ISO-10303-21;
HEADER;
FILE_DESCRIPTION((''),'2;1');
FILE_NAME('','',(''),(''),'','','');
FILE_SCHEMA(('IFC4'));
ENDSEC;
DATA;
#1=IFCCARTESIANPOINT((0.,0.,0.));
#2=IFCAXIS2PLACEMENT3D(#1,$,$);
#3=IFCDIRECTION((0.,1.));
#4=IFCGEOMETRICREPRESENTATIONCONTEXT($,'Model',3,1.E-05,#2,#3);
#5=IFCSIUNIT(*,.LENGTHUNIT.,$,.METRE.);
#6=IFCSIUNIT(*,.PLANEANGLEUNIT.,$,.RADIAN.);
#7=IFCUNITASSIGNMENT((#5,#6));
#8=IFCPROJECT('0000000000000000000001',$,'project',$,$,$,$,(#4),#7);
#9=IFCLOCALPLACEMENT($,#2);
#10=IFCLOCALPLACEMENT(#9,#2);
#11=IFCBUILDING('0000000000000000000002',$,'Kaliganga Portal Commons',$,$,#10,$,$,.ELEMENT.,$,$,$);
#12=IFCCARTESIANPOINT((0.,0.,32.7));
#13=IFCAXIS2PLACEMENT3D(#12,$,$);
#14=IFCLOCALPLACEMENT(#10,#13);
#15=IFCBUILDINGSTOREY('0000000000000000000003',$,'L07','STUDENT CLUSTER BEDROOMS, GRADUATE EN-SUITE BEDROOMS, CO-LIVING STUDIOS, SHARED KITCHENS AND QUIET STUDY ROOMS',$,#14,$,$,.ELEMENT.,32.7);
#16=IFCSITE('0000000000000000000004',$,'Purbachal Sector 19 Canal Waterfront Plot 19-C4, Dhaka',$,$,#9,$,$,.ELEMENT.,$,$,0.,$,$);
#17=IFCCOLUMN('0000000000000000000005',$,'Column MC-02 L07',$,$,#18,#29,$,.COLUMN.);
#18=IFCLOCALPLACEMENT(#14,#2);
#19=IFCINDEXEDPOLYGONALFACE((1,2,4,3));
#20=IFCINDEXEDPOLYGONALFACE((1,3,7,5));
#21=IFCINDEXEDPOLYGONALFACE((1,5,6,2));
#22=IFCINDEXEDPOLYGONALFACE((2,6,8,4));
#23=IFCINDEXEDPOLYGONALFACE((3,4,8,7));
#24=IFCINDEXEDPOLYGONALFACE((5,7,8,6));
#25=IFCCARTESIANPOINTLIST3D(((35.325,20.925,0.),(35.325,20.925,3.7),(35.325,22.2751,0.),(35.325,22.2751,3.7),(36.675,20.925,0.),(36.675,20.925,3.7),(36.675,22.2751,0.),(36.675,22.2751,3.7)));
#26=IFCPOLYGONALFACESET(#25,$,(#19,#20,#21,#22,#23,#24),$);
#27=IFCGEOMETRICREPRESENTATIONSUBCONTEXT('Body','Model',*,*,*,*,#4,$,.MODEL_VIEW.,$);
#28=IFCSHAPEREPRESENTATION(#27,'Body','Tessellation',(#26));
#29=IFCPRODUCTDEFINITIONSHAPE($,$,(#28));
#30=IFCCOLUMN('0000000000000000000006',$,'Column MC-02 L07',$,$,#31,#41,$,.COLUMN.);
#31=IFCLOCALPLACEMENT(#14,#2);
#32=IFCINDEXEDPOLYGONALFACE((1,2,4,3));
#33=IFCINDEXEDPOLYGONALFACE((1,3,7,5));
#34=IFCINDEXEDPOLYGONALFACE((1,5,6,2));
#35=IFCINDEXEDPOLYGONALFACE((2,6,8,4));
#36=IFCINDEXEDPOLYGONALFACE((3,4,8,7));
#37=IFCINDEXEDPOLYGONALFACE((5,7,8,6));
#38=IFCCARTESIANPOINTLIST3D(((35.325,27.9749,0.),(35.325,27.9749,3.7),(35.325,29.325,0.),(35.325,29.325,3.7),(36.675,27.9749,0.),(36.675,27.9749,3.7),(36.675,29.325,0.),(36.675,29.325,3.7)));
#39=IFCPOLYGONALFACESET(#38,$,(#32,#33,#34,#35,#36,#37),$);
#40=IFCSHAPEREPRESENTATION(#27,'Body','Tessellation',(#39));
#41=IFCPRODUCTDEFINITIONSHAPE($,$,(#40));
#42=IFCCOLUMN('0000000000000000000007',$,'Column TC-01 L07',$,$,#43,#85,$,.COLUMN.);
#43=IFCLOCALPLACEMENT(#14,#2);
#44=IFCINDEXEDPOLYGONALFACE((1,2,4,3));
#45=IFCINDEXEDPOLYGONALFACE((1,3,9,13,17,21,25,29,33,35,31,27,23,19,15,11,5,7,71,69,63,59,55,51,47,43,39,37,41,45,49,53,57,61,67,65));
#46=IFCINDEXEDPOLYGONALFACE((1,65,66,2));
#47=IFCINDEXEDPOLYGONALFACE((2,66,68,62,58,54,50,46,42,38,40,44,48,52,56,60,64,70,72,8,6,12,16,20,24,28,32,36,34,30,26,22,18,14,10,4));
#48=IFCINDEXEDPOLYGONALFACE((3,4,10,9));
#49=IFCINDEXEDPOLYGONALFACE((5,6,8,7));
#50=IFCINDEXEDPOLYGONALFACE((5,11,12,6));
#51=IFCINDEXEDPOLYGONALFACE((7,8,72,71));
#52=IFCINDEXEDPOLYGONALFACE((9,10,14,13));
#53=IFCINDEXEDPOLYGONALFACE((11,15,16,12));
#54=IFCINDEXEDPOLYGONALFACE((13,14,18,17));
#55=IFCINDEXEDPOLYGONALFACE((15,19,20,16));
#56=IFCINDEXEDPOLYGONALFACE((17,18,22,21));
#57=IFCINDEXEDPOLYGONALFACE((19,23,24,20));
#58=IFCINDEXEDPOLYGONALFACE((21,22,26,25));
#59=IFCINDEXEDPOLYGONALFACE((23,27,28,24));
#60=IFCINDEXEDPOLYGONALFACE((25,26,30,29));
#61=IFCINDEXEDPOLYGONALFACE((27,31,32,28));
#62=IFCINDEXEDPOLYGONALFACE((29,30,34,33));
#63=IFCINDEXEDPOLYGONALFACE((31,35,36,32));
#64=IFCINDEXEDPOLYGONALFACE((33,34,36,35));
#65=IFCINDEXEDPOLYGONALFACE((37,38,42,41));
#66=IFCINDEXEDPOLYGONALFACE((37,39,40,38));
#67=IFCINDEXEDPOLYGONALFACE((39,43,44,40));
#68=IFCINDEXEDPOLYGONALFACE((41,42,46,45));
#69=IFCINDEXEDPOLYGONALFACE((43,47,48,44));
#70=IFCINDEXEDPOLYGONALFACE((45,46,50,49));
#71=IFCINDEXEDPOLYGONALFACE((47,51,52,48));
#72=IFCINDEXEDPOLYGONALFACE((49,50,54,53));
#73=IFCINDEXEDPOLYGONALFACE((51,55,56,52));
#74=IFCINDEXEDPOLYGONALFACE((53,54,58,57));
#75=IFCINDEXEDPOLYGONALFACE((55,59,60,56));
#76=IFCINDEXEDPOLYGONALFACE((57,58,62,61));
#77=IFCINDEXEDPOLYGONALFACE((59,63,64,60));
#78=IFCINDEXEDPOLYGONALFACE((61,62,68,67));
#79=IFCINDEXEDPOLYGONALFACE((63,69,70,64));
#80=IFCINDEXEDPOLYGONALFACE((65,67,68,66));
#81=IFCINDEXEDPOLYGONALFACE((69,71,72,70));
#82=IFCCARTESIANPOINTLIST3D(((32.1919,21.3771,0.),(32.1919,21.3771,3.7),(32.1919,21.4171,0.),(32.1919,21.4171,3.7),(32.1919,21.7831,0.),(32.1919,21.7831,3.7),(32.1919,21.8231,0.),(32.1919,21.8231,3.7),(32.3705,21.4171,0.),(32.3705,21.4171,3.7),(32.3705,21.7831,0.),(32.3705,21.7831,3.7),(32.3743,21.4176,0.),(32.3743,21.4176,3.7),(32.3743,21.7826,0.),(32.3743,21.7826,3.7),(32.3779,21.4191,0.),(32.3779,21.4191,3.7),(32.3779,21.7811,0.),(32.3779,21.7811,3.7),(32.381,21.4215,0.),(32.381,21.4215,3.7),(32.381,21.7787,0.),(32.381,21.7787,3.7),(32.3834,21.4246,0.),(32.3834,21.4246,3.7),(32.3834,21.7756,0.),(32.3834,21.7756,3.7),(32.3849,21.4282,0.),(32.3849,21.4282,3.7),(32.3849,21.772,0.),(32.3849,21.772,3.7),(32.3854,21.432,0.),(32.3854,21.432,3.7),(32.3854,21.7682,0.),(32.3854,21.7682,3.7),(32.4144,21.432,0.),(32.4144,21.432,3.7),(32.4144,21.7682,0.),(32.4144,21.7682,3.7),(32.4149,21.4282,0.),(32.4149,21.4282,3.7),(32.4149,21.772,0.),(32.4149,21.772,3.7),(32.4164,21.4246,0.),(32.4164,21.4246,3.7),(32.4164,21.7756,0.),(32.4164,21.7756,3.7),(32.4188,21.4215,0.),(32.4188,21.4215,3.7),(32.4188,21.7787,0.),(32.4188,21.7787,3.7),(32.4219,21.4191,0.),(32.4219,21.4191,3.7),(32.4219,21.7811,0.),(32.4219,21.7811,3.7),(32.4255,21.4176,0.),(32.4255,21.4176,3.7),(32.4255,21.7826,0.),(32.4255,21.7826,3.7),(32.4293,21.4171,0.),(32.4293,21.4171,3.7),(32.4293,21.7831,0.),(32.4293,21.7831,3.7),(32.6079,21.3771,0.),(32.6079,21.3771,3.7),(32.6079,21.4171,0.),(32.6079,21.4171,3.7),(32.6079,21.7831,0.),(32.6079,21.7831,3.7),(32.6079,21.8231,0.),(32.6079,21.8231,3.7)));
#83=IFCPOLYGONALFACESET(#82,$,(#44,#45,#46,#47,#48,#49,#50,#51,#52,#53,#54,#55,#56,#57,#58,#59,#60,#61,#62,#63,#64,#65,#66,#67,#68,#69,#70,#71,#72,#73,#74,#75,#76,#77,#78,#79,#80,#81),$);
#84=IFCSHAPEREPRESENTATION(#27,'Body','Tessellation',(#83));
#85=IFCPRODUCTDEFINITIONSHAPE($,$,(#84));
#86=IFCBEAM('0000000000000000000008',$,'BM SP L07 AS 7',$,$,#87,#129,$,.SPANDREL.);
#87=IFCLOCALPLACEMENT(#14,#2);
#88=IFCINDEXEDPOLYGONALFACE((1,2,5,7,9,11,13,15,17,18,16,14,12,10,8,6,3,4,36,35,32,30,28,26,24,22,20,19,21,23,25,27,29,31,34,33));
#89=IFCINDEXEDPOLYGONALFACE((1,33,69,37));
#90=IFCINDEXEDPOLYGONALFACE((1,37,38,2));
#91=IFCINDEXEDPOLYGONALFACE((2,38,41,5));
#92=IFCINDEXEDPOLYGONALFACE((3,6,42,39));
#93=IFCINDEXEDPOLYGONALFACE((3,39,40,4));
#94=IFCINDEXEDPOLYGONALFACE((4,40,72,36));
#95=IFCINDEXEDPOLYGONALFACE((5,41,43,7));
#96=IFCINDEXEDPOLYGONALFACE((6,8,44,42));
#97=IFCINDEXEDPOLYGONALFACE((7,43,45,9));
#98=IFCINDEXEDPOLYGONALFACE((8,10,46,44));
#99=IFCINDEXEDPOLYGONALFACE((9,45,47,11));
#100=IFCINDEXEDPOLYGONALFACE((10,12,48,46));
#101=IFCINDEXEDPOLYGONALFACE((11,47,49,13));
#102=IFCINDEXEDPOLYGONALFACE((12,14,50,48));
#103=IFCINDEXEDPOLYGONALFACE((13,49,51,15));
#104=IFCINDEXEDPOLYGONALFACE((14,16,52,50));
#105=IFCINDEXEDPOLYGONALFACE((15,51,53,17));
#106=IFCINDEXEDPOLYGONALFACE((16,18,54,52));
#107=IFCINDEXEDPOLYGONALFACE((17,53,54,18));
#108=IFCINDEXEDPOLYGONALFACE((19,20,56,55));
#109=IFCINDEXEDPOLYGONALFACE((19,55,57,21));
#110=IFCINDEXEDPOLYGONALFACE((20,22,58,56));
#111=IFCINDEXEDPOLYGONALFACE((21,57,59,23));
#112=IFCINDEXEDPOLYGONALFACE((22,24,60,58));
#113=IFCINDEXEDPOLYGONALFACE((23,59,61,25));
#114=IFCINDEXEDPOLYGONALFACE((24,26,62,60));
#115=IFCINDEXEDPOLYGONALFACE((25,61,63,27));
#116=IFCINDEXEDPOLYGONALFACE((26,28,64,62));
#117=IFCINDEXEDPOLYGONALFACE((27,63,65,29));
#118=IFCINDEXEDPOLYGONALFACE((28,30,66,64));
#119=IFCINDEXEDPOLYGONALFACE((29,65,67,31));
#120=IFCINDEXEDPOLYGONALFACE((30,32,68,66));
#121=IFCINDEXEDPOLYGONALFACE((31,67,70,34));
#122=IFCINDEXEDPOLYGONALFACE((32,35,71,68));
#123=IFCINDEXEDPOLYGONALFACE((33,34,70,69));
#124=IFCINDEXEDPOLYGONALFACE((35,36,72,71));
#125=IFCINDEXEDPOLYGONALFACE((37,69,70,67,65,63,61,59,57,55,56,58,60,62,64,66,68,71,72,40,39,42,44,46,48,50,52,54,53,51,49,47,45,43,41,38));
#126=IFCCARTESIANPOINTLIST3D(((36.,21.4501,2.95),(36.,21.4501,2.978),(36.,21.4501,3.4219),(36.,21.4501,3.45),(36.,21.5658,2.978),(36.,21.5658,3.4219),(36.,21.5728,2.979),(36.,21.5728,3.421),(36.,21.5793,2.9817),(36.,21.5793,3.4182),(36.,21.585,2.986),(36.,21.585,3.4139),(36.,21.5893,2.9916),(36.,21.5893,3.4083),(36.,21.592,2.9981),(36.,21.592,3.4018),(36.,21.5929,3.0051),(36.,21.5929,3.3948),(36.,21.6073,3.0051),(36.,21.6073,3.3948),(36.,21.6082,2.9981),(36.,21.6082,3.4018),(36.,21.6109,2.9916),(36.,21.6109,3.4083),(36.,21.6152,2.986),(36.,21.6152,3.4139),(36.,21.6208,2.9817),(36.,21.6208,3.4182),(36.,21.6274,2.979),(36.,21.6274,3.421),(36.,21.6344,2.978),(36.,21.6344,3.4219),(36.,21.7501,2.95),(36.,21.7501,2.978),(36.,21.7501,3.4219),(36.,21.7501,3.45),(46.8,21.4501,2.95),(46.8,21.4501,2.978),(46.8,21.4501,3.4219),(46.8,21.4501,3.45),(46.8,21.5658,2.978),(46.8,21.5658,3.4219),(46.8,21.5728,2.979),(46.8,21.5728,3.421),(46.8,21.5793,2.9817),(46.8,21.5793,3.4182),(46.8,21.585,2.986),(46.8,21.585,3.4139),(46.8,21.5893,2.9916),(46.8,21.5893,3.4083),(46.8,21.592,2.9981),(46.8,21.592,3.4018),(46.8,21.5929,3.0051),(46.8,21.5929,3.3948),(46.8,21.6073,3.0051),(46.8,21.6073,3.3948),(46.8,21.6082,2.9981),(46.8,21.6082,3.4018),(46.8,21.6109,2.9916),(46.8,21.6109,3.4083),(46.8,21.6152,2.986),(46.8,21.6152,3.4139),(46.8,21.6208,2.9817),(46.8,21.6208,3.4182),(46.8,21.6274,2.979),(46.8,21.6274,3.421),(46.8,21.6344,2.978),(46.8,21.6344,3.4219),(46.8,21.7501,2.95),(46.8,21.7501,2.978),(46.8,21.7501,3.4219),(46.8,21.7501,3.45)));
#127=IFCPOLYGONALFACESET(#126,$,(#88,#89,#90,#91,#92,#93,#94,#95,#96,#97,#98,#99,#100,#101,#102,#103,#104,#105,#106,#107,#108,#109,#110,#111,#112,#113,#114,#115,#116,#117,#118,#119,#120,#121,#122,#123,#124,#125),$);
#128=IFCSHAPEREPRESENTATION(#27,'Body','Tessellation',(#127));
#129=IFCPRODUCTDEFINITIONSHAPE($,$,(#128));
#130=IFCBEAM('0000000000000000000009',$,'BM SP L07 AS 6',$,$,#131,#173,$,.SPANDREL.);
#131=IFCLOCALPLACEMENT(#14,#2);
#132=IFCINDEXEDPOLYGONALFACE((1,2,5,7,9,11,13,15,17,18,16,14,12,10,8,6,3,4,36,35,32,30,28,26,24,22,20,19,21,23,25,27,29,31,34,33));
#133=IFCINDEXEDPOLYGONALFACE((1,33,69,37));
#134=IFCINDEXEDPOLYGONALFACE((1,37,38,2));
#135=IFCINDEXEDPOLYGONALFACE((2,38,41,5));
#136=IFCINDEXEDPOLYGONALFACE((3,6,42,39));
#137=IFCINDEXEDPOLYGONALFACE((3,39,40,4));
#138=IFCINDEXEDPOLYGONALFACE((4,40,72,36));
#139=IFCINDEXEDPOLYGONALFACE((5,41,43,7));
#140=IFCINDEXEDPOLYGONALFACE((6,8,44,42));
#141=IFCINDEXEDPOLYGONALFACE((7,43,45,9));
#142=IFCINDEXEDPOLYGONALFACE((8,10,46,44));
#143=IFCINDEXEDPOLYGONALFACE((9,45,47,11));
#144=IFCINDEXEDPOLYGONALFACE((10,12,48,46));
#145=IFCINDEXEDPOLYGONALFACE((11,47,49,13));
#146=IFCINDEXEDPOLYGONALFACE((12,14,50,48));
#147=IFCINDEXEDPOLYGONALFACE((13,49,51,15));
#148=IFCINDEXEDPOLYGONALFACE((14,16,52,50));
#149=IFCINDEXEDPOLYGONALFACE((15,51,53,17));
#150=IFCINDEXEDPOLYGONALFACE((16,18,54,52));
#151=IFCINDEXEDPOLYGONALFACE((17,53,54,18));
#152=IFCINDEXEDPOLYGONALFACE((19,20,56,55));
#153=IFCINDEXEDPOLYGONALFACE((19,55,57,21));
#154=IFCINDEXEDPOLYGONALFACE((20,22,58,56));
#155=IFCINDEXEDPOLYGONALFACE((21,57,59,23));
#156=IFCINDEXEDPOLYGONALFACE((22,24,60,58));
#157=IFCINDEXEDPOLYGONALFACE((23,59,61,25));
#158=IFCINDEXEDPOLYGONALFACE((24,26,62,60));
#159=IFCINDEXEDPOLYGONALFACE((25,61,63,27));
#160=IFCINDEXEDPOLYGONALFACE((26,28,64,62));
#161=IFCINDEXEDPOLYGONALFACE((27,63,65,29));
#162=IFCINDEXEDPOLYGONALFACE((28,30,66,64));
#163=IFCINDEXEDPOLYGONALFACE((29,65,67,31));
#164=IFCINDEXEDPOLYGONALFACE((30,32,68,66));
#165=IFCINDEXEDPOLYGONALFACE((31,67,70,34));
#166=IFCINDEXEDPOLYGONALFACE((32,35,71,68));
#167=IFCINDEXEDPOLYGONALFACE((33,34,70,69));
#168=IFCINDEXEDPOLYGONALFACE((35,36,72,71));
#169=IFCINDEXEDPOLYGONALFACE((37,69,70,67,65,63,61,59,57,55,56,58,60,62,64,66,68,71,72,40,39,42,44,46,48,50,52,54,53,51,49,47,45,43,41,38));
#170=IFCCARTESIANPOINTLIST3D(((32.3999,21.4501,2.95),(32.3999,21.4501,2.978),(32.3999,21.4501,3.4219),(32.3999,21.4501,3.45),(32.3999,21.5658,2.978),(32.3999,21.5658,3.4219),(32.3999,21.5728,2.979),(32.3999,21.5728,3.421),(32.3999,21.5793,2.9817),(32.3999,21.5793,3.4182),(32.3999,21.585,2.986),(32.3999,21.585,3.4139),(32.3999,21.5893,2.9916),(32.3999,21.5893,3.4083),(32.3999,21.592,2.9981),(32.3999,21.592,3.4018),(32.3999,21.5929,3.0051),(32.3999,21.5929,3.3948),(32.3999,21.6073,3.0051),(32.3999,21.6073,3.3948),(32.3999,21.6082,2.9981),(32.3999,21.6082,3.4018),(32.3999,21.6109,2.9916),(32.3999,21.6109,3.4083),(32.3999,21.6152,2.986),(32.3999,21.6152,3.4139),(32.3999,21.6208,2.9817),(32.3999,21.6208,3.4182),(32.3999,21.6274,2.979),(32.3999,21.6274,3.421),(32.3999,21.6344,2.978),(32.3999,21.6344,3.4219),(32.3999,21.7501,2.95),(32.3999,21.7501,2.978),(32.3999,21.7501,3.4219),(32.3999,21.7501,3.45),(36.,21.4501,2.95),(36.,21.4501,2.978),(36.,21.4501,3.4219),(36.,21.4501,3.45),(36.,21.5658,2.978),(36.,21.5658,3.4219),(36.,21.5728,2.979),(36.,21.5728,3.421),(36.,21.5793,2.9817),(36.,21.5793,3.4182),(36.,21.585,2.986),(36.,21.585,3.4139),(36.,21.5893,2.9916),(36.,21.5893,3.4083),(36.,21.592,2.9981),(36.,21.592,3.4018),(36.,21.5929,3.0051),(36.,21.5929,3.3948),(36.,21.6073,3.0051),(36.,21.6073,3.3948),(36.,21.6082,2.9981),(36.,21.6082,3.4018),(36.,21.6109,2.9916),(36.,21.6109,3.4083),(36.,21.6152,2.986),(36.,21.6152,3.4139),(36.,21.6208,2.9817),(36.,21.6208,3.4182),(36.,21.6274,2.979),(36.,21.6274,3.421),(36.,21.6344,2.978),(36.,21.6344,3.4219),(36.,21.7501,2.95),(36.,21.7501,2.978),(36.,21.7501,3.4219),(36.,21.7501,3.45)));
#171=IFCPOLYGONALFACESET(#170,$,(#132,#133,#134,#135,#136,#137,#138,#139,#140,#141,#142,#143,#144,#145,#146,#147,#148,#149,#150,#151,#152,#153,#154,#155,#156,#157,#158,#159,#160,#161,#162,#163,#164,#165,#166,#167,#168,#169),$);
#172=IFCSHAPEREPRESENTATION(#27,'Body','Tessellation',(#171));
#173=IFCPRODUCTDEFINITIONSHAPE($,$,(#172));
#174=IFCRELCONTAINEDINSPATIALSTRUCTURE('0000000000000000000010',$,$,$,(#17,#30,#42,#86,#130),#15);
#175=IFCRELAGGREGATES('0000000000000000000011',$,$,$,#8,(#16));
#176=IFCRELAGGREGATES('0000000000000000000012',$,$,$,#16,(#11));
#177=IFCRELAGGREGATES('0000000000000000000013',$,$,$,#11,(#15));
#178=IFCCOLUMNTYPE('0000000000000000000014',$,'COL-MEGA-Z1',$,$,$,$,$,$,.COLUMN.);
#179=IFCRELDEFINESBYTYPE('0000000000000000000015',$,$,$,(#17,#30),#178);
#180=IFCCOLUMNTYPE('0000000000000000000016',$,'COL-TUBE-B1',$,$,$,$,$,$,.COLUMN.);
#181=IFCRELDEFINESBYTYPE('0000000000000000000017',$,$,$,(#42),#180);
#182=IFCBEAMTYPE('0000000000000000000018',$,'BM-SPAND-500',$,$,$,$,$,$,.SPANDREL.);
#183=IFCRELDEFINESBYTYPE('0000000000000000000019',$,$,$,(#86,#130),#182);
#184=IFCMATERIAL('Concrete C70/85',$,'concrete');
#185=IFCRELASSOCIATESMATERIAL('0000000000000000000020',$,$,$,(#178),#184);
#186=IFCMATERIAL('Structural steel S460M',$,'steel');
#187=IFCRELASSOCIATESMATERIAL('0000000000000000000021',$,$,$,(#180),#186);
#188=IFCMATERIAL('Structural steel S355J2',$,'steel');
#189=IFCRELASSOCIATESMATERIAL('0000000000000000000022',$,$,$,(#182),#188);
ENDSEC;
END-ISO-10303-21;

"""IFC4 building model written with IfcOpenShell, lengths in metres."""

from ifc_helpers import new_model, si_unit, direction, frame, origin, origin_2d, place, context, subcontext, project, spatial, rectangle, i_section, extrude, source, transform, mapped, material, material_profile, profile_set, type_object, element, save


model = new_model("IFC4")

# Units and contexts
model_context = context("Model", 3, precision=1e-05, world=origin(), true_north=direction((0.0, 1.0)))
body_context = subcontext(model_context, "Body", "Model", "MODEL_VIEW")
ifc_project = project(units=[si_unit("LENGTHUNIT", "METRE"), si_unit("PLANEANGLEUNIT", "RADIAN")], contexts=[model_context])

# Site, building, storey
site_placement = place(None, origin())
site = spatial("IfcSite", under=ifc_project, at=site_placement, Name="Purbachal Sector 19 Canal Waterfront Plot 19-C4, Dhaka", CompositionType="ELEMENT", RefElevation=0.0)
building_placement = place(site_placement, origin())
building = spatial("IfcBuilding", under=site, at=building_placement, Name="Kaliganga Portal Commons", CompositionType="ELEMENT")
storey_placement = place(building_placement, frame((0.0, 0.0, 32.7)))
storey = spatial("IfcBuildingStorey", under=building, at=storey_placement, Name="L07", Description="STUDENT CLUSTER BEDROOMS, GRADUATE EN-SUITE BEDROOMS, CO-LIVING STUDIOS, SHARED KITCHENS AND QUIET STUDY ROOMS", CompositionType="ELEMENT", Elevation=32.7)

# Columns
ifc_material_1 = material(Name="Concrete C70/85", Category="concrete")
ifc_material_profile_1 = material_profile(ifc_material_1, rectangle(XDim=1.3501, YDim=1.3501, at=origin_2d()), Name="RC 1350x1350")
ifc_profile_set_1 = profile_set([ifc_material_profile_1], Name="Concrete C70/85")
column_type_1 = type_object("IfcColumnType", Name="COL-MEGA-Z1", PredefinedType="COLUMN", material=ifc_profile_set_1)
shared_shape_1 = source(origin(), body_context, "Body", "SweptSolid", [
    extrude(rectangle(XDim=1.3501, YDim=1.3501, at=origin_2d()), origin(), (0.0, 0.0, 1.0), 3.7),
])
for number, where, z_axis, x_axis, name in (
    (1, (36.0, 21.6001, 0.0), (0.0, 0.0, 1.0), (1.0, 0.0, 0.0), "Column MC-02 L07"),
    (2, (36.0, 28.6499, 0.0), (0.0, 0.0, 1.0), (1.0, 0.0, 0.0), "Column MC-02 L07"),
):
    element("IfcColumn", number, at=place(storey_placement, frame(where, z_axis=z_axis, x_axis=x_axis)), inside=storey, type_object=column_type_1, Name=name, PredefinedType="COLUMN", context=body_context, shape_type="MappedRepresentation", body=[
        mapped(shared_shape_1, transform((0.0, 0.0, 0.0), x_axis=(1.0, 0.0, 0.0), y_axis=(0.0, 1.0, 0.0), z_axis=(0.0, 0.0, 1.0), scale=1.0)),
    ])
ifc_material_2 = material(Name="Structural steel S460M", Category="steel")
ifc_material_profile_2 = material_profile(ifc_material_2, i_section(OverallWidth=0.416, OverallDepth=0.446, WebThickness=0.0291, FlangeThickness=0.04, FilletRadius=0.0149, at=origin_2d()), Name="HD 400x509")
ifc_profile_set_2 = profile_set([ifc_material_profile_2], Name="Structural steel S460M wide-flange")
column_type_2 = type_object("IfcColumnType", Name="COL-TUBE-B1", PredefinedType="COLUMN", material=ifc_profile_set_2)
shared_shape_2 = source(origin(), body_context, "Body", "SweptSolid", [
    extrude(i_section(OverallWidth=0.416, OverallDepth=0.446, WebThickness=0.0291, FlangeThickness=0.04, FilletRadius=0.0149, at=origin_2d()), origin(), (0.0, 0.0, 1.0), 3.7),
])
column_placement = place(storey_placement, frame((32.3999, 21.6001, 0.0), z_axis=(0.0, 0.0, 1.0), x_axis=(1.0, 0.0, 0.0)))
element("IfcColumn", 3, at=column_placement, inside=storey, type_object=column_type_2, Name="Column TC-01 L07", PredefinedType="COLUMN", context=body_context, shape_type="MappedRepresentation", body=[
    mapped(shared_shape_2, transform((0.0, 0.0, 0.0), x_axis=(1.0, 0.0, 0.0), y_axis=(0.0, 1.0, 0.0), z_axis=(0.0, 0.0, 1.0), scale=1.0)),
])

# Beams
ifc_material_3 = material(Name="Structural steel S355J2", Category="steel")
ifc_material_profile_3 = material_profile(ifc_material_3, i_section(OverallWidth=0.3, OverallDepth=0.5, WebThickness=0.0144, FlangeThickness=0.0281, FilletRadius=0.0271, at=origin_2d()), Name="HE 500 B")
ifc_profile_set_3 = profile_set([ifc_material_profile_3], Name="Structural steel S355J2 wide-flange")
beam_type_1 = type_object("IfcBeamType", Name="BM-SPAND-500", PredefinedType="SPANDREL", material=ifc_profile_set_3)
shared_shape_3 = source(origin(), body_context, "Body", "SweptSolid", [
    extrude(i_section(OverallWidth=0.3, OverallDepth=0.5, WebThickness=0.0144, FlangeThickness=0.0281, FilletRadius=0.0271, at=origin_2d()), origin(), (0.0, 0.0, 1.0), 10.8),
])
beam_1_placement = place(storey_placement, frame((36.0, 21.6001, 3.2), z_axis=(1.0, 0.0, 0.0), x_axis=(0.0, 1.0, 0.0)))
element("IfcBeam", 4, at=beam_1_placement, inside=storey, type_object=beam_type_1, Name="BM SP L07 AS 7", PredefinedType="SPANDREL", context=body_context, shape_type="MappedRepresentation", body=[
    mapped(shared_shape_3, transform((0.0, 0.0, 0.0), x_axis=(1.0, 0.0, 0.0), y_axis=(0.0, 1.0, 0.0), z_axis=(0.0, 0.0, 1.0), scale=1.0)),
])
shared_shape_4 = source(origin(), body_context, "Body", "SweptSolid", [
    extrude(i_section(OverallWidth=0.3, OverallDepth=0.5, WebThickness=0.0144, FlangeThickness=0.0281, FilletRadius=0.0271, at=origin_2d()), origin(), (0.0, 0.0, 1.0), 3.6001),
])
beam_2_placement = place(storey_placement, frame((32.3999, 21.6001, 3.2), z_axis=(1.0, 0.0, 0.0), x_axis=(0.0, 1.0, 0.0)))
element("IfcBeam", 5, at=beam_2_placement, inside=storey, type_object=beam_type_1, Name="BM SP L07 AS 6", PredefinedType="SPANDREL", context=body_context, shape_type="MappedRepresentation", body=[
    mapped(shared_shape_4, transform((0.0, 0.0, 0.0), x_axis=(1.0, 0.0, 0.0), y_axis=(0.0, 1.0, 0.0), z_axis=(0.0, 0.0, 1.0), scale=1.0)),
])

save(model, "model.ifc")
